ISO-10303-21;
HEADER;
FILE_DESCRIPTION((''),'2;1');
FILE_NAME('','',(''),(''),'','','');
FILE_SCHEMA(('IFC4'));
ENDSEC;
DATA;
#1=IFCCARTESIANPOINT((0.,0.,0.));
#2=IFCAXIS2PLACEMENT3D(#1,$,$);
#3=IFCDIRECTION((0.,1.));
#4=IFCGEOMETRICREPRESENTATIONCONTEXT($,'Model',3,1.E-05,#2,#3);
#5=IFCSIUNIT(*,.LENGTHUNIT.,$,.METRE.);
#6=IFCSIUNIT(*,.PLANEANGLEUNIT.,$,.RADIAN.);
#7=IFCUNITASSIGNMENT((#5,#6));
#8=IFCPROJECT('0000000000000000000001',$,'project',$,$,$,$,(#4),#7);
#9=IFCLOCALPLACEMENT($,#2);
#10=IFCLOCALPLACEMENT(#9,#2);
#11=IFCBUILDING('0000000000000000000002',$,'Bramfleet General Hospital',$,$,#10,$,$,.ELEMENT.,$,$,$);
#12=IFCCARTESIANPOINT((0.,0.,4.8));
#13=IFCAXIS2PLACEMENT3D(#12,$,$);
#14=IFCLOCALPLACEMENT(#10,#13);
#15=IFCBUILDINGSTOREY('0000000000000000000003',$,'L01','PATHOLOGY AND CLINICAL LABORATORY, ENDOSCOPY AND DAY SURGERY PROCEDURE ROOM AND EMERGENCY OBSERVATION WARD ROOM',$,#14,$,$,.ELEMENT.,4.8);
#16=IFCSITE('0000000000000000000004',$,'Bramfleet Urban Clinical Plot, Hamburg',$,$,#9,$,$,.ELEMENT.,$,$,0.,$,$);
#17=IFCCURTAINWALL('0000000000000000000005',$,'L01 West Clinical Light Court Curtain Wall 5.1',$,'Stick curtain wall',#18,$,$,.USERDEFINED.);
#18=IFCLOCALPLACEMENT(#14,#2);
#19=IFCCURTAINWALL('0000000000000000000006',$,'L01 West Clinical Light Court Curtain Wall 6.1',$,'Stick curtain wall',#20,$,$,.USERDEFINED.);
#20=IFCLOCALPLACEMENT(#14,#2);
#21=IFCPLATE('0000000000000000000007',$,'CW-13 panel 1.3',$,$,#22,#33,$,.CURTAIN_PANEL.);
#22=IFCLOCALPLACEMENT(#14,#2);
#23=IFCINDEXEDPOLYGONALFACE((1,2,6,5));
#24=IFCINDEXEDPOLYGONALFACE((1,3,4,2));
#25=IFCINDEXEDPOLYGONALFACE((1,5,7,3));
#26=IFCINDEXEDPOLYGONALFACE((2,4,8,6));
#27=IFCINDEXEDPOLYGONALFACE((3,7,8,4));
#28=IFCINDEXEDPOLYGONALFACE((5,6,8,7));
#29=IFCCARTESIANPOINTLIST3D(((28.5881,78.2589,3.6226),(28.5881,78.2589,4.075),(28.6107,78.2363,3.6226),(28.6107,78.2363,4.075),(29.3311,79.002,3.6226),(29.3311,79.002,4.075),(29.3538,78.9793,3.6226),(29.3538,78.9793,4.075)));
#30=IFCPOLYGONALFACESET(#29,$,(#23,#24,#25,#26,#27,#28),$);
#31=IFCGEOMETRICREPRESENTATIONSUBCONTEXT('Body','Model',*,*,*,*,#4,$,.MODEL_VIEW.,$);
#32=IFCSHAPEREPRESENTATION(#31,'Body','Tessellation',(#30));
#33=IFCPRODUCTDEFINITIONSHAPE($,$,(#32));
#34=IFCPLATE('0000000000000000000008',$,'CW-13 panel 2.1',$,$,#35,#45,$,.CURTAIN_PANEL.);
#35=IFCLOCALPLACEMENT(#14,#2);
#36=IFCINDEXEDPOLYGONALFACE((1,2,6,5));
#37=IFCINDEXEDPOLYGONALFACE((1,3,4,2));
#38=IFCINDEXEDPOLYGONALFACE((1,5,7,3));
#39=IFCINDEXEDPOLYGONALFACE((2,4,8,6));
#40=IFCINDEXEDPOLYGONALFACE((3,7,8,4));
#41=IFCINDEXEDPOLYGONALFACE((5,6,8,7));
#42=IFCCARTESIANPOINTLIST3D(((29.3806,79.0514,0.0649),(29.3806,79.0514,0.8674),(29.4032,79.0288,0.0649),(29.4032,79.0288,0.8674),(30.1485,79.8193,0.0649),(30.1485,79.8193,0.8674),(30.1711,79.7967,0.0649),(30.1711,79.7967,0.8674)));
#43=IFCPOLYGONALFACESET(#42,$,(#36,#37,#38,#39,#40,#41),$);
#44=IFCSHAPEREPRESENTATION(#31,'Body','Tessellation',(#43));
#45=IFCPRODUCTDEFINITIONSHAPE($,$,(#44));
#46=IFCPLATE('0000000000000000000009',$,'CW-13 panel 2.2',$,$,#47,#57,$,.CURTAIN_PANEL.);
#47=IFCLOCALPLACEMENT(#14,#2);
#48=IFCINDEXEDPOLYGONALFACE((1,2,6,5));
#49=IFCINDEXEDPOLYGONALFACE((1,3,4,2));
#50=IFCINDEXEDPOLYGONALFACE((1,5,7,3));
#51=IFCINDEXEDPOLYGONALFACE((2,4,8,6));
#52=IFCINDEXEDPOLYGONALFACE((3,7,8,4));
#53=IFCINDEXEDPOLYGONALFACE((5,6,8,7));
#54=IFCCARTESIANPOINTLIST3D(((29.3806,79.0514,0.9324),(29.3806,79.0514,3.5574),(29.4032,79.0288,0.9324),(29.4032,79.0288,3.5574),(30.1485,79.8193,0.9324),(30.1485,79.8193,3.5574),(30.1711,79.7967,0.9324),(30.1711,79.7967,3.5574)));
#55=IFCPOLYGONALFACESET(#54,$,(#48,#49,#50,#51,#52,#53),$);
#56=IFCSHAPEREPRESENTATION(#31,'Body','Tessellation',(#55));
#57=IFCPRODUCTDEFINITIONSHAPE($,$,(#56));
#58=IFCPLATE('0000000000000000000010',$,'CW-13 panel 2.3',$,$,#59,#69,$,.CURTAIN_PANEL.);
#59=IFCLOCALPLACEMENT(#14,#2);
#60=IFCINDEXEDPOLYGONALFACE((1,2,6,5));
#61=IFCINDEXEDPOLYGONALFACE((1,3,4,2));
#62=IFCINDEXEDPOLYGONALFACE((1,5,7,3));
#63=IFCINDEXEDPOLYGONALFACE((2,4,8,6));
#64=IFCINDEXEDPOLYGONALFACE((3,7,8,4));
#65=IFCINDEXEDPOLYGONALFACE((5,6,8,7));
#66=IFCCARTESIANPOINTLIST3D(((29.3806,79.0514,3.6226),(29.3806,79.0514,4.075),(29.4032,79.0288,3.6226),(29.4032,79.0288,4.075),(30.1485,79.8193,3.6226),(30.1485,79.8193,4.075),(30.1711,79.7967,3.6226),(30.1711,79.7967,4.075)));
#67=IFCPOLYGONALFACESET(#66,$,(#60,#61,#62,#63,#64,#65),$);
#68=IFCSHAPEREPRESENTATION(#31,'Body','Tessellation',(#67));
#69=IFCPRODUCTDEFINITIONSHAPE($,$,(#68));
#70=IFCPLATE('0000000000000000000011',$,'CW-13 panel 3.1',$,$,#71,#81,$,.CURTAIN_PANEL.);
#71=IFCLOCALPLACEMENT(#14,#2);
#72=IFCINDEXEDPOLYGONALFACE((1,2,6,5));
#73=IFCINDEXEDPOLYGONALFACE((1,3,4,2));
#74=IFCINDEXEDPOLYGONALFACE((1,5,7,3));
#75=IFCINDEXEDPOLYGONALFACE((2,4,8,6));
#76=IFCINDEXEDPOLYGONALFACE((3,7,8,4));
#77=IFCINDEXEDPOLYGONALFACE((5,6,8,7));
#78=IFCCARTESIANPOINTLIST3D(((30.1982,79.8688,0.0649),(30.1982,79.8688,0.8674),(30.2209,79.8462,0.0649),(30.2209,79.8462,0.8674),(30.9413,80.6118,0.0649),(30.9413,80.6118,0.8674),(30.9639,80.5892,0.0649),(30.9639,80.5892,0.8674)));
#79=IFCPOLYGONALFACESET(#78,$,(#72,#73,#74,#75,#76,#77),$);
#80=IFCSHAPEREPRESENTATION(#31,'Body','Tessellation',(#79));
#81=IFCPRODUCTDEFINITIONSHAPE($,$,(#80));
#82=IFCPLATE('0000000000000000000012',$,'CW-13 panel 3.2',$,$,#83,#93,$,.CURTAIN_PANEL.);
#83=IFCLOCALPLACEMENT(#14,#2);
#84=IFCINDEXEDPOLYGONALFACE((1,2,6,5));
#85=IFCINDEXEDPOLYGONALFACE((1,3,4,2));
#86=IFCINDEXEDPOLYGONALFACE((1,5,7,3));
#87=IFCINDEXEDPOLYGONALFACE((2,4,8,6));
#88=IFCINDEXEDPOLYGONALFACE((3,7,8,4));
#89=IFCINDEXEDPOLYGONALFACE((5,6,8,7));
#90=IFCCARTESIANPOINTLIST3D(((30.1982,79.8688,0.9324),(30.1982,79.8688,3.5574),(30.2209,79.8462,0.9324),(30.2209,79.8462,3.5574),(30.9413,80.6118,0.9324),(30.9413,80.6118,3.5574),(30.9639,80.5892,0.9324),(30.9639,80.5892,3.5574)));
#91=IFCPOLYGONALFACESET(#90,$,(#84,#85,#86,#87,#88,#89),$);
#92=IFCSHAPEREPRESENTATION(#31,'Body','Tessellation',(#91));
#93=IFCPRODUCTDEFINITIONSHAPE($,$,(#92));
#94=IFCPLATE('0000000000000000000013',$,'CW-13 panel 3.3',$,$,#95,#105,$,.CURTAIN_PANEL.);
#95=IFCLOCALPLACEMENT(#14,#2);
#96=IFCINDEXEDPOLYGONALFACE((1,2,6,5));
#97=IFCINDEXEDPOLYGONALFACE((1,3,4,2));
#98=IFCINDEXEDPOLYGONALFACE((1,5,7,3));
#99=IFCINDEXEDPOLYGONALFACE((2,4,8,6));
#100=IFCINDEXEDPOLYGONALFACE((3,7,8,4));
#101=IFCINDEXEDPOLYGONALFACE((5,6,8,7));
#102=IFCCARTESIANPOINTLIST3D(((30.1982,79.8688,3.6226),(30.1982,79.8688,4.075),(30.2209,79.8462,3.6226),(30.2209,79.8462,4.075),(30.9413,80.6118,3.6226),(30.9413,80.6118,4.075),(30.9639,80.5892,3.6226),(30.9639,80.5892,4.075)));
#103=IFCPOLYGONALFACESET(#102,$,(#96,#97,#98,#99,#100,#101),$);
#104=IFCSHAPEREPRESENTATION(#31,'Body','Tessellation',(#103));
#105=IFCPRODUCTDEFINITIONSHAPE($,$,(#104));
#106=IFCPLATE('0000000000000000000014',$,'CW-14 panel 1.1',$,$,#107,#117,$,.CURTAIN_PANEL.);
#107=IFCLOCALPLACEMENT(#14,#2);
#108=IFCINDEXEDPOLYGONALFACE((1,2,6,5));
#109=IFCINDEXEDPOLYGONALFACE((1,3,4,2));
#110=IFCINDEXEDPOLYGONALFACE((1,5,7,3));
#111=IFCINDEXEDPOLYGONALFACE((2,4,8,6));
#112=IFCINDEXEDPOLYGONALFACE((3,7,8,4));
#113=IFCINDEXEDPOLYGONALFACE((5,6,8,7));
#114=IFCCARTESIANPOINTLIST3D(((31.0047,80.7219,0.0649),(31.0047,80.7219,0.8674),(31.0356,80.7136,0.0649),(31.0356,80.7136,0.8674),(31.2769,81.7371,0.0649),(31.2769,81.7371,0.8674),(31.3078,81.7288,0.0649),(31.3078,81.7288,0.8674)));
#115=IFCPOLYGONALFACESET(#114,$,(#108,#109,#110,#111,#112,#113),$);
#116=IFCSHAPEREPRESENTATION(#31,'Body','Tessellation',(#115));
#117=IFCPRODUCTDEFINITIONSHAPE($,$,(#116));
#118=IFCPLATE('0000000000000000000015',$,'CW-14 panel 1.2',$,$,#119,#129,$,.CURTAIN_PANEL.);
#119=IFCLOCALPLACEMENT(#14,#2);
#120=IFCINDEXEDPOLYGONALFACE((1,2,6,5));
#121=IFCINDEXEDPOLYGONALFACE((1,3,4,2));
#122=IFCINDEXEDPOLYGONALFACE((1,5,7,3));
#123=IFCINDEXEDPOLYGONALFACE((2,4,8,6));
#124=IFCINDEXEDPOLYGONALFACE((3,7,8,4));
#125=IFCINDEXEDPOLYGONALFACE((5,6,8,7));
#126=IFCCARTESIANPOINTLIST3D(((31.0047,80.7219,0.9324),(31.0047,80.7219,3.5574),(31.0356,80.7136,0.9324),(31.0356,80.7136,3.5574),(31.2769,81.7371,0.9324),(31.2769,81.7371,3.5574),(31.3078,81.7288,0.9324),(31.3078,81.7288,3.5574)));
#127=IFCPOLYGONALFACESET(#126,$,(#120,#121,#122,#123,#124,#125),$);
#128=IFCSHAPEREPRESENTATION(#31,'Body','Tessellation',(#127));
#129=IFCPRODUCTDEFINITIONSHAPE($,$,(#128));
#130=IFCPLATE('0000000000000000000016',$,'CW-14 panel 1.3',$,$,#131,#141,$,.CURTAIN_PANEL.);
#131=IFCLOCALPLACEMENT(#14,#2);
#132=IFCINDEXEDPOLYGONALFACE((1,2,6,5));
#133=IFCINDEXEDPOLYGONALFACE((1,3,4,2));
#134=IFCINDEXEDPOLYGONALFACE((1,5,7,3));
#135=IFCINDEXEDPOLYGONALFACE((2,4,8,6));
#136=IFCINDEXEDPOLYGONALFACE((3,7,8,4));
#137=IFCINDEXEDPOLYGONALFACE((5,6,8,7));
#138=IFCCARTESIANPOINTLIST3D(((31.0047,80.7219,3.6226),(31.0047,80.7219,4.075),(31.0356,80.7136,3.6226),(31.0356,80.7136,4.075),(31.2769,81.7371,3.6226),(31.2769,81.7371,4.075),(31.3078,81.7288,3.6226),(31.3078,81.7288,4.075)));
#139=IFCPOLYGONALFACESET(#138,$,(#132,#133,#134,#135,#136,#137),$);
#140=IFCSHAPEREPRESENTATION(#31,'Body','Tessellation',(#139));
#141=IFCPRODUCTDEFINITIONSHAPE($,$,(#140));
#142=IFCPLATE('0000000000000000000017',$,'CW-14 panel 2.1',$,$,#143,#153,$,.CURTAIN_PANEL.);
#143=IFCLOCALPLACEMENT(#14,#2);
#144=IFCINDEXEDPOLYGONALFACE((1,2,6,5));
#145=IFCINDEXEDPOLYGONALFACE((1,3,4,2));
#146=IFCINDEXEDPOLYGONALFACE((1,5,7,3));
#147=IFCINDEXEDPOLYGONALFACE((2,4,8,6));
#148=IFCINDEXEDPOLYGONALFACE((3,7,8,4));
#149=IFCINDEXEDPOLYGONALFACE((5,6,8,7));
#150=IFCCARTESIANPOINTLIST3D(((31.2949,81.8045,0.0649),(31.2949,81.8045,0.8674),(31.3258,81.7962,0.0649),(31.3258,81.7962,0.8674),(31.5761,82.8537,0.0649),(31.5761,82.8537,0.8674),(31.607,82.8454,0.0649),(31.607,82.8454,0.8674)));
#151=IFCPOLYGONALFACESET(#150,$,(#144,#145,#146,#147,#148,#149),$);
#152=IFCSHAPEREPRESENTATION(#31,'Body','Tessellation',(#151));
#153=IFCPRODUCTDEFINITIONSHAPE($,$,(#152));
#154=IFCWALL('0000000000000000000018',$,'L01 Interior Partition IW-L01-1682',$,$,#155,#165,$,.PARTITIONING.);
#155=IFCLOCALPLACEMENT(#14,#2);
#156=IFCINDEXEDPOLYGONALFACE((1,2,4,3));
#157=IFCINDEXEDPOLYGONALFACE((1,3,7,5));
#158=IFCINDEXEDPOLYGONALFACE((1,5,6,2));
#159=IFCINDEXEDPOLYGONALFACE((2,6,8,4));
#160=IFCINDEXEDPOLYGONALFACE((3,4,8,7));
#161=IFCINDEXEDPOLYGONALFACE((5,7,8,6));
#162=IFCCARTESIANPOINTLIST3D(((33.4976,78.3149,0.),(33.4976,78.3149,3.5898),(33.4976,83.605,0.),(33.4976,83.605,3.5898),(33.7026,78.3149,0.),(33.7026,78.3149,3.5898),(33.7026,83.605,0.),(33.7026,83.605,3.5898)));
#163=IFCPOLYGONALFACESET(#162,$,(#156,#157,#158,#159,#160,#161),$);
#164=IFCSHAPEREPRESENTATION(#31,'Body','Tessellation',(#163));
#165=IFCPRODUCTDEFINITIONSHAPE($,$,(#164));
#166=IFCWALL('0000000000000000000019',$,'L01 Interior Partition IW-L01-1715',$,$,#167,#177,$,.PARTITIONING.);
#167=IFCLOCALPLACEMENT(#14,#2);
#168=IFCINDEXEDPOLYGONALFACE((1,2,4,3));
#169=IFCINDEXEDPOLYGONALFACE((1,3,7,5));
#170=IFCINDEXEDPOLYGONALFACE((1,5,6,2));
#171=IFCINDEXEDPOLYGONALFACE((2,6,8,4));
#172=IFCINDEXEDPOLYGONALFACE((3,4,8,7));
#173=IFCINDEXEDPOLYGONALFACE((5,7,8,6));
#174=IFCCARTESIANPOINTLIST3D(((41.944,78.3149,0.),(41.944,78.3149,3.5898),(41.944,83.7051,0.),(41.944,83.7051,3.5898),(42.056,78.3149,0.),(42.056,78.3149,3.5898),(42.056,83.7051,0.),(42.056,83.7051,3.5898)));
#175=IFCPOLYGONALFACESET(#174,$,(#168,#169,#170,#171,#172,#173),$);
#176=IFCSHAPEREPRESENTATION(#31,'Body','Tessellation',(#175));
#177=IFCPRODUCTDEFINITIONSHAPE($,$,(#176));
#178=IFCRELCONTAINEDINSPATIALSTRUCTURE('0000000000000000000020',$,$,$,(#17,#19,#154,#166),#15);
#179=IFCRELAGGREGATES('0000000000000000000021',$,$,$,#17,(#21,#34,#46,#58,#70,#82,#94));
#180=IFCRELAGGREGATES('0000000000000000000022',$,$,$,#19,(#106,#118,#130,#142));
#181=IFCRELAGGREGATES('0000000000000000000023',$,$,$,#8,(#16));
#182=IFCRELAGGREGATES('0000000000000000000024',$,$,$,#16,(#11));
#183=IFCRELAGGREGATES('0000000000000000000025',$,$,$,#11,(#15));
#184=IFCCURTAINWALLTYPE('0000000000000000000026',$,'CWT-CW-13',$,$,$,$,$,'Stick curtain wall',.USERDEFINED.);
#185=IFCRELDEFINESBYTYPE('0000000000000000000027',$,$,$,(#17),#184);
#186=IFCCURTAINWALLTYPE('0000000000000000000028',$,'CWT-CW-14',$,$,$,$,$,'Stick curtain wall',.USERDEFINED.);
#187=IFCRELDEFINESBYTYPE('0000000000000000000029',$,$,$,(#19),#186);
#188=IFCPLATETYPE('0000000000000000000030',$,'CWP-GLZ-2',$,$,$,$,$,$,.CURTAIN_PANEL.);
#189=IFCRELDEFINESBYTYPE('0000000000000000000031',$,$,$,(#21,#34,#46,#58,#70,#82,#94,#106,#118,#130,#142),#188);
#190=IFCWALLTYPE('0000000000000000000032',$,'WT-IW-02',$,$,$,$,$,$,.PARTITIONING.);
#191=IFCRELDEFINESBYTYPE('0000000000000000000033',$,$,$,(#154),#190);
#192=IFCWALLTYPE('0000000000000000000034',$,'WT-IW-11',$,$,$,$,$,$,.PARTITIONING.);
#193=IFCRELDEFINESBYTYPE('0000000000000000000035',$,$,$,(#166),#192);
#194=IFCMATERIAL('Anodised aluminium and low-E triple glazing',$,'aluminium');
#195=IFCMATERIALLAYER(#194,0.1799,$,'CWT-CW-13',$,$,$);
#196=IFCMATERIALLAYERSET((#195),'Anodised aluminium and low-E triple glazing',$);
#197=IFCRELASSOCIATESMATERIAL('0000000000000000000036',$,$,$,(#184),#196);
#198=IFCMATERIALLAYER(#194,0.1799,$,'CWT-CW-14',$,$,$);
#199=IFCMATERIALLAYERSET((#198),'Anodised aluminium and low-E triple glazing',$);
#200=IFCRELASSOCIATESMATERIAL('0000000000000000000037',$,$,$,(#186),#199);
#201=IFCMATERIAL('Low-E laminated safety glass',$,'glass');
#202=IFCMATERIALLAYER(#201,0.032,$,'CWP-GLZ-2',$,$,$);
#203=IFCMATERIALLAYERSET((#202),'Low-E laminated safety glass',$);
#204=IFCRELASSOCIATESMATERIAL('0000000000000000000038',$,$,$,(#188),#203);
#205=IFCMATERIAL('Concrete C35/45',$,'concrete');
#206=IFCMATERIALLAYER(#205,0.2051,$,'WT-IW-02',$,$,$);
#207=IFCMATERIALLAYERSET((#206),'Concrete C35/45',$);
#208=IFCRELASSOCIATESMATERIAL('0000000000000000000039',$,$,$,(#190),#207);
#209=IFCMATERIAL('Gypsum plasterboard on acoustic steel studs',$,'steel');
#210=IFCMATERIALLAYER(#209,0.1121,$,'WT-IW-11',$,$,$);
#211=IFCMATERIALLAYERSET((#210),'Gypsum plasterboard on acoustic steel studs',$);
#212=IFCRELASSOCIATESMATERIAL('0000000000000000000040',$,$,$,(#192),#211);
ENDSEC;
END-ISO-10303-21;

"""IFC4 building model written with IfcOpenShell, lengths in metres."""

from ifc_helpers import new_model, si_unit, direction, frame, frame_2d, origin, origin_2d, place, context, subcontext, project, spatial, rectangle, extrude, material, layer, layer_set, type_object, element, aggregate, save


model = new_model("IFC4")

# Units and contexts
model_context = context("Model", 3, precision=1e-05, world=origin(), true_north=direction((0.0, 1.0)))
body_context = subcontext(model_context, "Body", "Model", "MODEL_VIEW")
ifc_project = project(units=[si_unit("LENGTHUNIT", "METRE"), si_unit("PLANEANGLEUNIT", "RADIAN")], contexts=[model_context])

# Site, building, storey
site_placement = place(None, origin())
site = spatial("IfcSite", under=ifc_project, at=site_placement, Name="Bramfleet Urban Clinical Plot, Hamburg", CompositionType="ELEMENT", RefElevation=0.0)
building_placement = place(site_placement, origin())
building = spatial("IfcBuilding", under=site, at=building_placement, Name="Bramfleet General Hospital", CompositionType="ELEMENT")
storey_placement = place(building_placement, frame((0.0, 0.0, 4.8)))
storey = spatial("IfcBuildingStorey", under=building, at=storey_placement, Name="L01", Description="PATHOLOGY AND CLINICAL LABORATORY, ENDOSCOPY AND DAY SURGERY PROCEDURE ROOM AND EMERGENCY OBSERVATION WARD ROOM", CompositionType="ELEMENT", Elevation=4.8)

# Curtain walls
ifc_material_1 = material(Name="Anodised aluminium and low-E triple glazing", Category="aluminium")
ifc_layer_1 = layer(ifc_material_1, 0.1799, Name="CWT-CW-13")
ifc_layer_set_1 = layer_set([ifc_layer_1], Name="Anodised aluminium and low-E triple glazing")
curtain_wall_type_1 = type_object("IfcCurtainWallType", Name="CWT-CW-13", ElementType="Stick curtain wall", PredefinedType="USERDEFINED", material=ifc_layer_set_1)
curtain_wall_1_placement = place(storey_placement, origin())
curtain_wall_1 = element("IfcCurtainWall", 1, at=curtain_wall_1_placement, inside=storey, type_object=curtain_wall_type_1, Name="L01 West Clinical Light Court Curtain Wall 5.1", ObjectType="Stick curtain wall", PredefinedType="USERDEFINED")
ifc_layer_2 = layer(ifc_material_1, 0.1799, Name="CWT-CW-14")
ifc_layer_set_2 = layer_set([ifc_layer_2], Name="Anodised aluminium and low-E triple glazing")
curtain_wall_type_2 = type_object("IfcCurtainWallType", Name="CWT-CW-14", ElementType="Stick curtain wall", PredefinedType="USERDEFINED", material=ifc_layer_set_2)
curtain_wall_2_placement = place(storey_placement, origin())
curtain_wall_2 = element("IfcCurtainWall", 2, at=curtain_wall_2_placement, inside=storey, type_object=curtain_wall_type_2, Name="L01 West Clinical Light Court Curtain Wall 6.1", ObjectType="Stick curtain wall", PredefinedType="USERDEFINED")

# Plates
ifc_material_2 = material(Name="Low-E laminated safety glass", Category="glass")
ifc_layer_3 = layer(ifc_material_2, 0.032, Name="CWP-GLZ-2")
ifc_layer_set_3 = layer_set([ifc_layer_3], Name="Low-E laminated safety glass")
plate_type = type_object("IfcPlateType", Name="CWP-GLZ-2", PredefinedType="CURTAIN_PANEL", material=ifc_layer_set_3)
plate_1_placement = place(storey_placement, frame((28.9709, 78.6191, 3.6226), z_axis=(0.0, 0.0, 1.0), x_axis=(0.707107, 0.707107, 0.0)))
plate_1 = element("IfcPlate", 3, at=plate_1_placement, type_object=plate_type, Name="CW-13 panel 1.3", PredefinedType="CURTAIN_PANEL", context=body_context, shape_type="SweptSolid", body=[
    extrude(rectangle(XDim=1.0508, YDim=0.032, at=origin_2d()), origin(), (0.0, 0.0, 1.0), 0.4524),
])
plate_2_placement = place(storey_placement, frame((29.7759, 79.4241, 0.0649), z_axis=(0.0, 0.0, 1.0), x_axis=(0.707107, 0.707107, 0.0)))
plate_2 = element("IfcPlate", 4, at=plate_2_placement, type_object=plate_type, Name="CW-13 panel 2.1", PredefinedType="CURTAIN_PANEL", context=body_context, shape_type="SweptSolid", body=[
    extrude(rectangle(XDim=1.0859, YDim=0.032, at=origin_2d()), origin(), (0.0, 0.0, 1.0), 0.8025),
])
plate_3_placement = place(storey_placement, frame((29.7759, 79.4241, 0.9324), z_axis=(0.0, 0.0, 1.0), x_axis=(0.707107, 0.707107, 0.0)))
plate_3 = element("IfcPlate", 5, at=plate_3_placement, type_object=plate_type, Name="CW-13 panel 2.2", PredefinedType="CURTAIN_PANEL", context=body_context, shape_type="SweptSolid", body=[
    extrude(rectangle(XDim=1.0859, YDim=0.032, at=origin_2d()), origin(), (0.0, 0.0, 1.0), 2.625),
])
plate_4_placement = place(storey_placement, frame((29.7759, 79.4241, 3.6226), z_axis=(0.0, 0.0, 1.0), x_axis=(0.707107, 0.707107, 0.0)))
plate_4 = element("IfcPlate", 6, at=plate_4_placement, type_object=plate_type, Name="CW-13 panel 2.3", PredefinedType="CURTAIN_PANEL", context=body_context, shape_type="SweptSolid", body=[
    extrude(rectangle(XDim=1.0859, YDim=0.032, at=origin_2d()), origin(), (0.0, 0.0, 1.0), 0.4524),
])
plate_5_placement = place(storey_placement, frame((30.5811, 80.229, 0.0649), z_axis=(0.0, 0.0, 1.0), x_axis=(0.707107, 0.707107, 0.0)))
plate_5 = element("IfcPlate", 7, at=plate_5_placement, type_object=plate_type, Name="CW-13 panel 3.1", PredefinedType="CURTAIN_PANEL", context=body_context, shape_type="SweptSolid", body=[
    extrude(rectangle(XDim=1.0508, YDim=0.032, at=origin_2d()), origin(), (0.0, 0.0, 1.0), 0.8025),
])
plate_6_placement = place(storey_placement, frame((30.5811, 80.229, 0.9324), z_axis=(0.0, 0.0, 1.0), x_axis=(0.707107, 0.707107, 0.0)))
plate_6 = element("IfcPlate", 8, at=plate_6_placement, type_object=plate_type, Name="CW-13 panel 3.2", PredefinedType="CURTAIN_PANEL", context=body_context, shape_type="SweptSolid", body=[
    extrude(rectangle(XDim=1.0508, YDim=0.032, at=origin_2d()), origin(), (0.0, 0.0, 1.0), 2.625),
])
plate_7_placement = place(storey_placement, frame((30.5811, 80.229, 3.6226), z_axis=(0.0, 0.0, 1.0), x_axis=(0.707107, 0.707107, 0.0)))
plate_7 = element("IfcPlate", 9, at=plate_7_placement, type_object=plate_type, Name="CW-13 panel 3.3", PredefinedType="CURTAIN_PANEL", context=body_context, shape_type="SweptSolid", body=[
    extrude(rectangle(XDim=1.0508, YDim=0.032, at=origin_2d()), origin(), (0.0, 0.0, 1.0), 0.4524),
])
aggregate(curtain_wall_1, [plate_1, plate_2, plate_3, plate_4, plate_5, plate_6, plate_7])
plate_8_placement = place(storey_placement, frame((31.1562, 81.2253, 0.0649), z_axis=(0.0, 0.0, 1.0), x_axis=(0.258919, 0.965899, 0.0)))
plate_8 = element("IfcPlate", 10, at=plate_8_placement, type_object=plate_type, Name="CW-14 panel 1.1", PredefinedType="CURTAIN_PANEL", context=body_context, shape_type="SweptSolid", body=[
    extrude(rectangle(XDim=1.051, YDim=0.032, at=origin_2d()), origin(), (0.0, 0.0, 1.0), 0.8025),
])
plate_9_placement = place(storey_placement, frame((31.1562, 81.2253, 0.9324), z_axis=(0.0, 0.0, 1.0), x_axis=(0.258919, 0.965899, 0.0)))
plate_9 = element("IfcPlate", 11, at=plate_9_placement, type_object=plate_type, Name="CW-14 panel 1.2", PredefinedType="CURTAIN_PANEL", context=body_context, shape_type="SweptSolid", body=[
    extrude(rectangle(XDim=1.051, YDim=0.032, at=origin_2d()), origin(), (0.0, 0.0, 1.0), 2.625),
])
plate_10_placement = place(storey_placement, frame((31.1562, 81.2253, 3.6226), z_axis=(0.0, 0.0, 1.0), x_axis=(0.258919, 0.965899, 0.0)))
plate_10 = element("IfcPlate", 12, at=plate_10_placement, type_object=plate_type, Name="CW-14 panel 1.3", PredefinedType="CURTAIN_PANEL", context=body_context, shape_type="SweptSolid", body=[
    extrude(rectangle(XDim=1.051, YDim=0.032, at=origin_2d()), origin(), (0.0, 0.0, 1.0), 0.4524),
])
plate_11_placement = place(storey_placement, frame((31.4509, 82.325, 0.0649), z_axis=(0.0, 0.0, 1.0), x_axis=(0.258919, 0.965899, 0.0)))
plate_11 = element("IfcPlate", 13, at=plate_11_placement, type_object=plate_type, Name="CW-14 panel 2.1", PredefinedType="CURTAIN_PANEL", context=body_context, shape_type="SweptSolid", body=[
    extrude(rectangle(XDim=1.0862, YDim=0.032, at=origin_2d()), origin(), (0.0, 0.0, 1.0), 0.8025),
])
aggregate(curtain_wall_2, [plate_8, plate_9, plate_10, plate_11])

# Walls
ifc_material_3 = material(Name="Concrete C35/45", Category="concrete")
ifc_layer_4 = layer(ifc_material_3, 0.2051, Name="WT-IW-02")
ifc_layer_set_4 = layer_set([ifc_layer_4], Name="Concrete C35/45")
wall_type_1 = type_object("IfcWallType", Name="WT-IW-02", PredefinedType="PARTITIONING", material=ifc_layer_set_4)
wall_1_placement = place(storey_placement, frame((33.6001, 78.3149, 0.0), z_axis=(0.0, 0.0, 1.0), x_axis=(0.0, 1.0, 0.0)))
element("IfcWall", 14, at=wall_1_placement, inside=storey, type_object=wall_type_1, Name="L01 Interior Partition IW-L01-1682", PredefinedType="PARTITIONING", context=body_context, shape_type="SweptSolid", body=[
    extrude(rectangle(XDim=5.29, YDim=0.2051, at=frame_2d((2.645, 0.0))), origin(), (0.0, 0.0, 1.0), 3.5898),
])
ifc_material_4 = material(Name="Gypsum plasterboard on acoustic steel studs", Category="steel")
ifc_layer_5 = layer(ifc_material_4, 0.1121, Name="WT-IW-11")
ifc_layer_set_5 = layer_set([ifc_layer_5], Name="Gypsum plasterboard on acoustic steel studs")
wall_type_2 = type_object("IfcWallType", Name="WT-IW-11", PredefinedType="PARTITIONING", material=ifc_layer_set_5)
wall_2_placement = place(storey_placement, frame((42.0, 78.3149, 0.0), z_axis=(0.0, 0.0, 1.0), x_axis=(0.0, 1.0, 0.0)))
element("IfcWall", 15, at=wall_2_placement, inside=storey, type_object=wall_type_2, Name="L01 Interior Partition IW-L01-1715", PredefinedType="PARTITIONING", context=body_context, shape_type="SweptSolid", body=[
    extrude(rectangle(XDim=5.3901, YDim=0.1121, at=frame_2d((2.6951, 0.0))), origin(), (0.0, 0.0, 1.0), 3.5898),
])

save(model, "model.ifc")
